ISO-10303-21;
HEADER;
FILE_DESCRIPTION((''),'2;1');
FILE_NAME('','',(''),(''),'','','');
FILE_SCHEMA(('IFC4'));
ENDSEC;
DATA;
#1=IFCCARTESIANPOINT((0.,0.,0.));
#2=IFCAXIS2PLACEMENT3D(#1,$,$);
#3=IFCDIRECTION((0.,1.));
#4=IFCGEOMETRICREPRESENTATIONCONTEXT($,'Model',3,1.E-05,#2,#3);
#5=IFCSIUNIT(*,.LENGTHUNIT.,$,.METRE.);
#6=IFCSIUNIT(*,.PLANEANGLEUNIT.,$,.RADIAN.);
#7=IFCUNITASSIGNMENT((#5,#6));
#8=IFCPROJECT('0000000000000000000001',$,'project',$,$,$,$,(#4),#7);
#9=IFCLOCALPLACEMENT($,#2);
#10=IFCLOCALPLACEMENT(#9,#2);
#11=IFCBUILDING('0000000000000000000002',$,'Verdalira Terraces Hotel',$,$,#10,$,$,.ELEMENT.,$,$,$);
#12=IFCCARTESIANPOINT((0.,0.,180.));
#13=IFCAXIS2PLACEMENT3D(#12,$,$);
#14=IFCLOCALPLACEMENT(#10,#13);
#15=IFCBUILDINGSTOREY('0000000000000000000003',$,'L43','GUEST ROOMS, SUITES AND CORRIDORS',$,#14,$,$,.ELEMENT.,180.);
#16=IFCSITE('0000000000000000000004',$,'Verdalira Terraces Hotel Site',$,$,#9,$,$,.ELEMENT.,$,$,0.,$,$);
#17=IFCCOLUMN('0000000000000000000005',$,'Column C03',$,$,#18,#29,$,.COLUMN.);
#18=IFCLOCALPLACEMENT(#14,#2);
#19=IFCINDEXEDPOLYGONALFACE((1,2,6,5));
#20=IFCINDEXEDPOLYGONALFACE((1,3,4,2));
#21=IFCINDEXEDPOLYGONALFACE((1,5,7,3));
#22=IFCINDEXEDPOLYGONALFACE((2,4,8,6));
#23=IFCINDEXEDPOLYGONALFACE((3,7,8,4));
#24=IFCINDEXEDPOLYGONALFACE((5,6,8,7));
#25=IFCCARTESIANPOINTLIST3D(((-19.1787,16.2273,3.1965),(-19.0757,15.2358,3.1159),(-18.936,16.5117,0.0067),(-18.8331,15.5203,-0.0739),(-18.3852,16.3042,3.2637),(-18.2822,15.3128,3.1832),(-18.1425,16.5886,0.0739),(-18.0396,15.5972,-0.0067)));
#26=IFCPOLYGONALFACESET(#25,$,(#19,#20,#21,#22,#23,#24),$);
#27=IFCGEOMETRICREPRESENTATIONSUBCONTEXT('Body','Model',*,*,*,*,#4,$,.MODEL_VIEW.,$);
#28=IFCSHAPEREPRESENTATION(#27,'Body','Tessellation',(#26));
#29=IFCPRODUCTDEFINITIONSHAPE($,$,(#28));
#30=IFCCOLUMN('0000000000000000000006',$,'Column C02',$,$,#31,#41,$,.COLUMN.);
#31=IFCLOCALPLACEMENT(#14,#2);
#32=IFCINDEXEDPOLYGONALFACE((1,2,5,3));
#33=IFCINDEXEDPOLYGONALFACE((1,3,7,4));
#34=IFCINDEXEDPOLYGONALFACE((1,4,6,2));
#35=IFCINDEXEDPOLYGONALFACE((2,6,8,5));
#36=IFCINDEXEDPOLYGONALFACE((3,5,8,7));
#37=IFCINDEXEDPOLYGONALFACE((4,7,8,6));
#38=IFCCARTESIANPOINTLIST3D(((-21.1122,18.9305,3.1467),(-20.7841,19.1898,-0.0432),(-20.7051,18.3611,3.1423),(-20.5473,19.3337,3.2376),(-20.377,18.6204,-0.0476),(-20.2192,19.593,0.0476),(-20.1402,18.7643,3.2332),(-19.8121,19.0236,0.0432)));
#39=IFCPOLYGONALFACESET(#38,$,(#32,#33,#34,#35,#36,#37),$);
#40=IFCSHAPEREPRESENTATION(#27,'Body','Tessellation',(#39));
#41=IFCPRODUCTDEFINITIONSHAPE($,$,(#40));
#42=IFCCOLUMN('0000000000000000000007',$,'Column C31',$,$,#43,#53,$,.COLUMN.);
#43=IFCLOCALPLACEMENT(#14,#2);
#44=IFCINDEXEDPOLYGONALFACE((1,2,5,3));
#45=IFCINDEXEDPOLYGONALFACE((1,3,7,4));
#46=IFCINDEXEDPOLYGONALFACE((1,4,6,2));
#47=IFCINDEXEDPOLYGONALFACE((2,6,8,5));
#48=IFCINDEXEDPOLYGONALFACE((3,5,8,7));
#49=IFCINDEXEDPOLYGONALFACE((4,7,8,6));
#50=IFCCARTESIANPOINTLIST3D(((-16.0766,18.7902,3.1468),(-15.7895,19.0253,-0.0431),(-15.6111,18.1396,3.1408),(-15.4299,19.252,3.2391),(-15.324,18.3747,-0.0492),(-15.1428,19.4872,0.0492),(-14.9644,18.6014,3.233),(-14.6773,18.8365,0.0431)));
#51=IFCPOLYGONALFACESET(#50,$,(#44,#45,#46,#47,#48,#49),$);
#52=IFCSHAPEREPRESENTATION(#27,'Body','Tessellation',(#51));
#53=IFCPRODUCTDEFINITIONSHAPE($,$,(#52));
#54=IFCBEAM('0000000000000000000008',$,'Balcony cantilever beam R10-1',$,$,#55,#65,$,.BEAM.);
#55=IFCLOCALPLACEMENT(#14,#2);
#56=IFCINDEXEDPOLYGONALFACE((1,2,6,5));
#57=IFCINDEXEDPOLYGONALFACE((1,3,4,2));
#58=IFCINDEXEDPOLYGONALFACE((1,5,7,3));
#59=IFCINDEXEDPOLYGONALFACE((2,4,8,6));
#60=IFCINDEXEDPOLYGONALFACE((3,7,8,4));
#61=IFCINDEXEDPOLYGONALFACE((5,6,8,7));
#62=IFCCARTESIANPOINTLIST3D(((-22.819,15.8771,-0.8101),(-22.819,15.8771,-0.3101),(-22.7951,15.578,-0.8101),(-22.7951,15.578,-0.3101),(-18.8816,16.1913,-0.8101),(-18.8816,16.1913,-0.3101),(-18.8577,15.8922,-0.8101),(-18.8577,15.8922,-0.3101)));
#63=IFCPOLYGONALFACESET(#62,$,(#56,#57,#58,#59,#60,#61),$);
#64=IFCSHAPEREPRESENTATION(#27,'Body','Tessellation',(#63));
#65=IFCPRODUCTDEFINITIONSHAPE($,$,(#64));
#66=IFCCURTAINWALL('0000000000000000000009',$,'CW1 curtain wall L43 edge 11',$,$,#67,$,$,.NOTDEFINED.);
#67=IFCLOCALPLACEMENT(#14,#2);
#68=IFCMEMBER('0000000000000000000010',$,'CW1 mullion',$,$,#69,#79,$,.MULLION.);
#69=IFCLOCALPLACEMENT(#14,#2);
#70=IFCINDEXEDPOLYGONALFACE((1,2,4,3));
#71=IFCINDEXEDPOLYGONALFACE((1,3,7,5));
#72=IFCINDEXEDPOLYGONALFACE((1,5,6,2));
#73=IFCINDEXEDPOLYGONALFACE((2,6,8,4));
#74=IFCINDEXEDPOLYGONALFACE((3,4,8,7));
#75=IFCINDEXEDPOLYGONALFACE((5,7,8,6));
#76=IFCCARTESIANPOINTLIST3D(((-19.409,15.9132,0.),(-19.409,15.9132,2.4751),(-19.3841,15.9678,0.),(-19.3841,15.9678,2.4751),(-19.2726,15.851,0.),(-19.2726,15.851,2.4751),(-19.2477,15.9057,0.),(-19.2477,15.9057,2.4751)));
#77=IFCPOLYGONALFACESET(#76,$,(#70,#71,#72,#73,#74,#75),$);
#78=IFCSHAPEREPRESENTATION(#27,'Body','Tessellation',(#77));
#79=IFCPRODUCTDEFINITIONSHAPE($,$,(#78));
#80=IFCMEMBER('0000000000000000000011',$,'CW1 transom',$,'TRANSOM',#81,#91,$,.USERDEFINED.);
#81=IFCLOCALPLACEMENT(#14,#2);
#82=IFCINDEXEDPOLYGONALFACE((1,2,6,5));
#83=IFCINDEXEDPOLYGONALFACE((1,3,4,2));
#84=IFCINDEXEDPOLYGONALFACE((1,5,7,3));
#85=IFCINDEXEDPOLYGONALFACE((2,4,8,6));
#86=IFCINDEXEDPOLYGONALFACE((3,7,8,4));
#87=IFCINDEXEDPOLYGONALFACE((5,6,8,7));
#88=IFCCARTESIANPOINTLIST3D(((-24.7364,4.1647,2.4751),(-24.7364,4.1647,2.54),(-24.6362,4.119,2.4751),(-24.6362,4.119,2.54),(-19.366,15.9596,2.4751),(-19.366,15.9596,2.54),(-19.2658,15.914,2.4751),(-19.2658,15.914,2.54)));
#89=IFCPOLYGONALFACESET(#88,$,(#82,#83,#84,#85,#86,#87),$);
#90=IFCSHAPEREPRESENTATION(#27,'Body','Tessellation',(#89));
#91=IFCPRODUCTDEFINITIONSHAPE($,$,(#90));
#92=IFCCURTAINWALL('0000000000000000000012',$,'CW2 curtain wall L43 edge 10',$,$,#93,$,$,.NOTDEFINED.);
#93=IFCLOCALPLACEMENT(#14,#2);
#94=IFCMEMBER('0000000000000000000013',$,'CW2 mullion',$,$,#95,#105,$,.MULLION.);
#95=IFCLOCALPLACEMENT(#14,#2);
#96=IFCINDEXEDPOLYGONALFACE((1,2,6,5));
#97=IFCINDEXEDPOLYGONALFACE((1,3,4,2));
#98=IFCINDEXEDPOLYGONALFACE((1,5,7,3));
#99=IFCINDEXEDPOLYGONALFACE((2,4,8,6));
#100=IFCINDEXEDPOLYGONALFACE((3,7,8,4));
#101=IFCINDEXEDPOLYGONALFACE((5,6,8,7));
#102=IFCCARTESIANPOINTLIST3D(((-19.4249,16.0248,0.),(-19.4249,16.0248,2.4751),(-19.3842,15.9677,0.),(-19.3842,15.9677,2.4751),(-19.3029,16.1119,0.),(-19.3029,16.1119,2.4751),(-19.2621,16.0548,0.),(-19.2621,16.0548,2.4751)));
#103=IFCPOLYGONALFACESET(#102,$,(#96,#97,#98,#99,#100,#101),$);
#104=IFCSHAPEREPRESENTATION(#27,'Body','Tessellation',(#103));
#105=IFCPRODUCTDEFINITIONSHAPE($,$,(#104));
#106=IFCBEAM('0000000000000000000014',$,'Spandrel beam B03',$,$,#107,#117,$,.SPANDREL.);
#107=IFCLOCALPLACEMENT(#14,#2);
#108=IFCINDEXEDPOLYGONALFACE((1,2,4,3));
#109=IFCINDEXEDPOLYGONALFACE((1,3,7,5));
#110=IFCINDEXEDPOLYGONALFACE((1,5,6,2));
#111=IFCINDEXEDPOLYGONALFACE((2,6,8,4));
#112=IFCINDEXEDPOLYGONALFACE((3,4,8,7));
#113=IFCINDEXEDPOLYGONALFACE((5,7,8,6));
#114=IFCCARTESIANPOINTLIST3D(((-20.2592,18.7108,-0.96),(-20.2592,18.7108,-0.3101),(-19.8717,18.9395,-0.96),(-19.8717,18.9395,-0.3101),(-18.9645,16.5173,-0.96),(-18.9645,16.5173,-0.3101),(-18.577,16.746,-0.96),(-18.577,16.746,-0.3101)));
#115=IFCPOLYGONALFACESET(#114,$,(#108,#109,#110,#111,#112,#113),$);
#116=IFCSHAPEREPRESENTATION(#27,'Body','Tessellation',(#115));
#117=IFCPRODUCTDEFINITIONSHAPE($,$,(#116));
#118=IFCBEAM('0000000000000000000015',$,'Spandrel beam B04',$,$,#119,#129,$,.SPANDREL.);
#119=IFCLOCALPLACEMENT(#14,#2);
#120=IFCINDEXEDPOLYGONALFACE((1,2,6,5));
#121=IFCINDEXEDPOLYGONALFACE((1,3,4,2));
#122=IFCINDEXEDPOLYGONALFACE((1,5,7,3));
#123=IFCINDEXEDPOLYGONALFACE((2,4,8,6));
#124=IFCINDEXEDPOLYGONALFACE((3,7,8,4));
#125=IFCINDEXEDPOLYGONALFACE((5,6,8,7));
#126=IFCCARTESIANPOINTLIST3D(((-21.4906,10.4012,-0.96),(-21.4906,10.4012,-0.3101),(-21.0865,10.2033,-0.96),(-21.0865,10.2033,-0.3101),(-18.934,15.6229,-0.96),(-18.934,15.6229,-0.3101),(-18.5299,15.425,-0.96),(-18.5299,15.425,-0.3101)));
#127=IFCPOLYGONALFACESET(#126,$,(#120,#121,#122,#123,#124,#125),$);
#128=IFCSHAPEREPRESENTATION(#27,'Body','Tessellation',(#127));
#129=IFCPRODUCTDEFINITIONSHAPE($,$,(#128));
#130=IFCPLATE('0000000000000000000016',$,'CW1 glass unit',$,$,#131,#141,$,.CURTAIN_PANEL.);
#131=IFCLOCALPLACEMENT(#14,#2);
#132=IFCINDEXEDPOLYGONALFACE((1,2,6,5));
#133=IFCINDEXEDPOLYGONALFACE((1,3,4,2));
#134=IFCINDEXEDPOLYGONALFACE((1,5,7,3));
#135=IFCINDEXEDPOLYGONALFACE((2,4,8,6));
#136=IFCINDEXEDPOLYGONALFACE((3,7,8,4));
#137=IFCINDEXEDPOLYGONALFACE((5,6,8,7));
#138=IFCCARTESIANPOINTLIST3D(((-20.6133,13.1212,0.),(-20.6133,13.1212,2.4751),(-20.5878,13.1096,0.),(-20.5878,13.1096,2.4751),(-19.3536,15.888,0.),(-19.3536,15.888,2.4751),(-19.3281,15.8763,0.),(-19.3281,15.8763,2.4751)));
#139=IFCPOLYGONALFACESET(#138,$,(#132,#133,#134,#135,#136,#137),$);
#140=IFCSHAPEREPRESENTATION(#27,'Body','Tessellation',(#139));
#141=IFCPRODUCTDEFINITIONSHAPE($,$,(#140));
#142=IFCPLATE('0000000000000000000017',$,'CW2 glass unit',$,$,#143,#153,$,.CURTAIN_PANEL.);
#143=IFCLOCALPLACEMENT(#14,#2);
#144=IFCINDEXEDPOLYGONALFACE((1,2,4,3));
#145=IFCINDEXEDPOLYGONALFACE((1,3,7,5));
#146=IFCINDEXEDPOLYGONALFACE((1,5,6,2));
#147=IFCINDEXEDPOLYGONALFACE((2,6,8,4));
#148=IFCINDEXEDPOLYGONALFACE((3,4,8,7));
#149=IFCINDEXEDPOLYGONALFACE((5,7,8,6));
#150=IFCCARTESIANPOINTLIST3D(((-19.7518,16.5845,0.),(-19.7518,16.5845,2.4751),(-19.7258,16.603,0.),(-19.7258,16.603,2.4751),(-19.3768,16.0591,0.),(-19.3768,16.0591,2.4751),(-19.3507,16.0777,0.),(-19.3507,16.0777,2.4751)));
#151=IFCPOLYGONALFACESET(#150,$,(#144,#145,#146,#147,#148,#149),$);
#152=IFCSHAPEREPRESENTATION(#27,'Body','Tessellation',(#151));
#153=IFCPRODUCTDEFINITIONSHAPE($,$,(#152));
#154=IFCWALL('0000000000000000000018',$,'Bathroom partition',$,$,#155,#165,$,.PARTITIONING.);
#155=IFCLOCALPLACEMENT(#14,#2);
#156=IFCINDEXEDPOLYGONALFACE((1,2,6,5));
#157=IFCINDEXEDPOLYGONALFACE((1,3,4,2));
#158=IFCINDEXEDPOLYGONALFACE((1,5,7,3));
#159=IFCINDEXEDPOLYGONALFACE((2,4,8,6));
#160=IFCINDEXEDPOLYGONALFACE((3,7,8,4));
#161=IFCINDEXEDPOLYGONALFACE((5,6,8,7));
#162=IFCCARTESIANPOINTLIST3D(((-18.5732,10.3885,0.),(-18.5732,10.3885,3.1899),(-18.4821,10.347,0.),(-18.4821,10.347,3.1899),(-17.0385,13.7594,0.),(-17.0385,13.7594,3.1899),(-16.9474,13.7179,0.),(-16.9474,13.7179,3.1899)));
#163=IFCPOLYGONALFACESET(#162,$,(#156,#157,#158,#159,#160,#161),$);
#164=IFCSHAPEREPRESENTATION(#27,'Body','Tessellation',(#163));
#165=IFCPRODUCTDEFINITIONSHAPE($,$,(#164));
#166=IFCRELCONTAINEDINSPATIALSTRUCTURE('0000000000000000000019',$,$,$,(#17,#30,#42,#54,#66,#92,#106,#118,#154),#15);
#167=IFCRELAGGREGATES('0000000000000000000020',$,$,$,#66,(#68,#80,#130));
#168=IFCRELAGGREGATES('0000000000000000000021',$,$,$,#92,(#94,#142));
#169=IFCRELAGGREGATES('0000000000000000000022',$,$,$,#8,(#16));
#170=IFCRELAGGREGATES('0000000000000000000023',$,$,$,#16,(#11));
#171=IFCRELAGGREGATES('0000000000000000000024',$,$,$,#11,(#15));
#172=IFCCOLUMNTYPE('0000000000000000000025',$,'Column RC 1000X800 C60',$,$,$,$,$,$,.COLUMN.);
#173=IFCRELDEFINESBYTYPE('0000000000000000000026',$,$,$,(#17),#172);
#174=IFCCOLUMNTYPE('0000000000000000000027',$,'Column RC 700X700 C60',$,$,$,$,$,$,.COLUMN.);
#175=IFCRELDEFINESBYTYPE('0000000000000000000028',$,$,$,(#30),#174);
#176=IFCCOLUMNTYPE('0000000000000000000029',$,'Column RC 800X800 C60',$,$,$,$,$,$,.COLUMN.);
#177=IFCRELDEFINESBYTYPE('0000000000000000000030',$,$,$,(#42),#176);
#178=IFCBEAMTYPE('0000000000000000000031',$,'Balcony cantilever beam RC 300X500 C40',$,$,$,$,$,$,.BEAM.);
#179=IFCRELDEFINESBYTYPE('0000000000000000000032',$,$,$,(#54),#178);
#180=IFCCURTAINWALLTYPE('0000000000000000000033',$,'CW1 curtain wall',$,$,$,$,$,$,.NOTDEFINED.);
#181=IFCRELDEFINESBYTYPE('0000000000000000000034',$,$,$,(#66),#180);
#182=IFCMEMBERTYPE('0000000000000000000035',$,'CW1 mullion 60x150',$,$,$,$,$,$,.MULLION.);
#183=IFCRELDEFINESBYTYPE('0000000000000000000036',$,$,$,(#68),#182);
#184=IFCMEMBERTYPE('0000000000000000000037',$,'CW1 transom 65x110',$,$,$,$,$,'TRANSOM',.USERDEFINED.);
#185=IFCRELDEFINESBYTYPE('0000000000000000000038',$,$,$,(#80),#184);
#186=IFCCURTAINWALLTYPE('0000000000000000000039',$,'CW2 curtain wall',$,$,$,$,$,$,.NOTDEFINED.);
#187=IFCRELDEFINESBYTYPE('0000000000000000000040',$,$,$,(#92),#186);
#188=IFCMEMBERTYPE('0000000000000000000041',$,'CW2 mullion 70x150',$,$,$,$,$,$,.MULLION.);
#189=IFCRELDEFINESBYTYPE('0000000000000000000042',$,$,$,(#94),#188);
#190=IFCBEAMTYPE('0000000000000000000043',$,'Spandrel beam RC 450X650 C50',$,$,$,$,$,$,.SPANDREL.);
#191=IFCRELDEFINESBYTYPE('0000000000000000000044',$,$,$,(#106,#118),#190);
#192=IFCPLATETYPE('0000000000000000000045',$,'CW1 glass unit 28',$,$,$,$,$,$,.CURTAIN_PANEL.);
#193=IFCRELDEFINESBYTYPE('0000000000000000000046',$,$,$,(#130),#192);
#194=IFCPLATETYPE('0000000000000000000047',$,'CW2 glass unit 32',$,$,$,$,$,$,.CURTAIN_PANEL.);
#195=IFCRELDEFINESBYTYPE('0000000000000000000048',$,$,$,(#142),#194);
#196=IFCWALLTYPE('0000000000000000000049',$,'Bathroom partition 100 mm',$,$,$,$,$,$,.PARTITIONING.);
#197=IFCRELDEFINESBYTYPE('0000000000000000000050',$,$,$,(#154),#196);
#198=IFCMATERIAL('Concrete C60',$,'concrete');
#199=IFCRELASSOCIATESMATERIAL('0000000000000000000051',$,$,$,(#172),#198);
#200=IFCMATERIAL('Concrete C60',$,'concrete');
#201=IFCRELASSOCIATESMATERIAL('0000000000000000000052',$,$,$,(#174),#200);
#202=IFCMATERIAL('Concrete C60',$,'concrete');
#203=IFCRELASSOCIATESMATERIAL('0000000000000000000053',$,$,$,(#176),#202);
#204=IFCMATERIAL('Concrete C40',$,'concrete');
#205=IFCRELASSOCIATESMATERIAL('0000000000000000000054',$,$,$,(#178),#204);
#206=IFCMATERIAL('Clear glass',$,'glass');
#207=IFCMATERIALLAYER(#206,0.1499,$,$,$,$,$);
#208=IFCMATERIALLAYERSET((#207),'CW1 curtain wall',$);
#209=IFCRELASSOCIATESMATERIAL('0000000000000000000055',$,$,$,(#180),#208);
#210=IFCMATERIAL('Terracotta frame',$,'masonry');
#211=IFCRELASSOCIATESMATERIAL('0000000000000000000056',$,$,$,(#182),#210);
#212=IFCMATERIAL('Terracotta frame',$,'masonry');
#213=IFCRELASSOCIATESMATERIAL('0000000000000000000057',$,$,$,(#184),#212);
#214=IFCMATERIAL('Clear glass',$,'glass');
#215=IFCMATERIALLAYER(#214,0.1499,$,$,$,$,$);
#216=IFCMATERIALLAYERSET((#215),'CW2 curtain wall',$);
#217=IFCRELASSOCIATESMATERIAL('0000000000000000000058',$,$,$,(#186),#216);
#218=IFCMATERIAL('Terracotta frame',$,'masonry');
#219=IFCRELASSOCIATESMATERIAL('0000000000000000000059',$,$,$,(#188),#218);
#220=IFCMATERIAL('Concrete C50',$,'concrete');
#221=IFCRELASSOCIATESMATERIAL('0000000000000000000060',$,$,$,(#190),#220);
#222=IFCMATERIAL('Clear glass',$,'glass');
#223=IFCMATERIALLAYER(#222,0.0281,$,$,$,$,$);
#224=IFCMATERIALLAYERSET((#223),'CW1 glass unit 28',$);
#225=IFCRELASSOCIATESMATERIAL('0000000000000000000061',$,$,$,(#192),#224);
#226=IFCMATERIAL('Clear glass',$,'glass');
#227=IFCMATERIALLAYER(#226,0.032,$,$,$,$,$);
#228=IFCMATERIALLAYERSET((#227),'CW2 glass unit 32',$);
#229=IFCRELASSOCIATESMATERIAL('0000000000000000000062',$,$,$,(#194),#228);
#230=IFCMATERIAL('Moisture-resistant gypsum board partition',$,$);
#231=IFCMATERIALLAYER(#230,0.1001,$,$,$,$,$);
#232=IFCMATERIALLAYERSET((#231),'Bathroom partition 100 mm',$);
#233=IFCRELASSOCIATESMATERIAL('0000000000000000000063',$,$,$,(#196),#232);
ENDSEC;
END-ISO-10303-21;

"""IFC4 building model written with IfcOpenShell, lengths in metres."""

from ifc_helpers import new_model, si_unit, direction, frame, frame_2d, origin, origin_2d, place, context, subcontext, project, spatial, rectangle, extrude, material, layer, layer_set, material_profile, profile_set, type_object, element, aggregate, save


model = new_model("IFC4")

# Units and contexts
model_context = context("Model", 3, precision=1e-05, world=origin(), true_north=direction((0.0, 1.0)))
body_context = subcontext(model_context, "Body", "Model", "MODEL_VIEW")
ifc_project = project(units=[si_unit("LENGTHUNIT", "METRE"), si_unit("PLANEANGLEUNIT", "RADIAN")], contexts=[model_context])

# Site, building, storey
site_placement = place(None, origin())
site = spatial("IfcSite", under=ifc_project, at=site_placement, Name="Verdalira Terraces Hotel Site", CompositionType="ELEMENT", RefElevation=0.0)
building_placement = place(site_placement, origin())
building = spatial("IfcBuilding", under=site, at=building_placement, Name="Verdalira Terraces Hotel", CompositionType="ELEMENT")
storey_placement = place(building_placement, frame((0.0, 0.0, 180.0)))
storey = spatial("IfcBuildingStorey", under=building, at=storey_placement, Name="L43", Description="GUEST ROOMS, SUITES AND CORRIDORS", CompositionType="ELEMENT", Elevation=180.0)

# Columns
ifc_material_1 = material(Name="Concrete C60", Category="concrete")
ifc_material_profile_1 = material_profile(ifc_material_1, rectangle(XDim=1.0, YDim=0.8, at=origin_2d()), Name="RC 1000X800")
ifc_profile_set_1 = profile_set([ifc_material_profile_1], Name="Concrete C60")
column_type_1 = type_object("IfcColumnType", Name="Column RC 1000X800 C60", PredefinedType="COLUMN", material=ifc_profile_set_1)
column_1_placement = place(storey_placement, frame((-18.4878, 16.0544, 0.0), z_axis=(-0.075558, -0.088557, 0.993201), x_axis=(-0.102969, 0.991417, 0.080564)))
element("IfcColumn", 1, at=column_1_placement, inside=storey, type_object=column_type_1, Name="Column C03", PredefinedType="COLUMN", context=body_context, shape_type="SweptSolid", body=[
    extrude(rectangle(XDim=1.0, YDim=0.8, at=origin_2d()), origin(), (0.0, 0.0, 1.0), 3.2117),
])
ifc_material_2 = material(Name="Concrete C60", Category="concrete")
ifc_material_profile_2 = material_profile(ifc_material_2, rectangle(XDim=0.7, YDim=0.7, at=origin_2d()), Name="RC 700X700")
ifc_profile_set_2 = profile_set([ifc_material_profile_2], Name="Concrete C60")
column_type_2 = type_object("IfcColumnType", Name="Column RC 700X700 C60", PredefinedType="COLUMN", material=ifc_profile_set_2)
column_2_placement = place(storey_placement, frame((-20.2981, 19.1067, 0.0), z_axis=(-0.10199, -0.08059, 0.991516), x_axis=(0.581646, -0.813418, -0.006285)))
element("IfcColumn", 2, at=column_2_placement, inside=storey, type_object=column_type_2, Name="Column C02", PredefinedType="COLUMN", context=body_context, shape_type="SweptSolid", body=[
    extrude(rectangle(XDim=0.7, YDim=0.7, at=origin_2d()), origin(), (0.0, 0.0, 1.0), 3.2173),
])
ifc_material_3 = material(Name="Concrete C60", Category="concrete")
ifc_material_profile_3 = material_profile(ifc_material_3, rectangle(XDim=0.8, YDim=0.8, at=origin_2d()), Name="RC 800X800")
ifc_profile_set_3 = profile_set([ifc_material_profile_3], Name="Concrete C60")
column_type_3 = type_object("IfcColumnType", Name="Column RC 800X800 C60", PredefinedType="COLUMN", material=ifc_profile_set_3)
column_3_placement = place(storey_placement, frame((-15.2334, 18.9309, 0.0), z_axis=(-0.089402, -0.073209, 0.993301), x_axis=(-0.581832, 0.813274, 0.007573)))
element("IfcColumn", 3, at=column_3_placement, inside=storey, type_object=column_type_3, Name="Column C31", PredefinedType="COLUMN", context=body_context, shape_type="SweptSolid", body=[
    extrude(rectangle(XDim=0.8, YDim=0.8, at=origin_2d()), origin(), (0.0, 0.0, 1.0), 3.2114),
])

# Beam
ifc_material_4 = material(Name="Concrete C40", Category="concrete")
ifc_material_profile_4 = material_profile(ifc_material_4, rectangle(XDim=0.3, YDim=0.5, at=origin_2d()), Name="RC 300X500")
ifc_profile_set_4 = profile_set([ifc_material_profile_4], Name="Concrete C40")
beam_type_1 = type_object("IfcBeamType", Name="Balcony cantilever beam RC 300X500 C40", PredefinedType="BEAM", material=ifc_profile_set_4)
beam_1_placement = place(storey_placement, frame((-18.8696, 16.0417, -0.5601), z_axis=(-0.996831, -0.079546, 0.0), x_axis=(0.079546, -0.996831, 0.0)))
element("IfcBeam", 4, at=beam_1_placement, inside=storey, type_object=beam_type_1, Name="Balcony cantilever beam R10-1", PredefinedType="BEAM", context=body_context, shape_type="SweptSolid", body=[
    extrude(rectangle(XDim=0.3, YDim=0.5, at=origin_2d()), origin(), (0.0, 0.0, 1.0), 3.95),
])

# Curtain wall, members
ifc_material_5 = material(Name="Clear glass", Category="glass")
ifc_layer_1 = layer(ifc_material_5, 0.1499)
ifc_layer_set_1 = layer_set([ifc_layer_1], Name="CW1 curtain wall")
curtain_wall_type_1 = type_object("IfcCurtainWallType", Name="CW1 curtain wall", PredefinedType="NOTDEFINED", material=ifc_layer_set_1)
curtain_wall_1_placement = place(storey_placement, origin())
curtain_wall_1 = element("IfcCurtainWall", 5, at=curtain_wall_1_placement, inside=storey, type_object=curtain_wall_type_1, Name="CW1 curtain wall L43 edge 11", PredefinedType="NOTDEFINED")
ifc_material_6 = material(Name="Terracotta frame", Category="masonry")
ifc_material_profile_5 = material_profile(ifc_material_6, rectangle(XDim=0.0601, YDim=0.1499, at=origin_2d()), Name="MU 60x150")
ifc_profile_set_5 = profile_set([ifc_material_profile_5], Name="Terracotta frame")
member_type_1 = type_object("IfcMemberType", Name="CW1 mullion 60x150", PredefinedType="MULLION", material=ifc_profile_set_5)
member_1_placement = place(storey_placement, frame((-19.3284, 15.9094, 0.0), z_axis=(0.0, 0.0, 1.0), x_axis=(-0.414376, -0.910106, 0.0)))
member_1 = element("IfcMember", 6, at=member_1_placement, type_object=member_type_1, Name="CW1 mullion", PredefinedType="MULLION", context=body_context, shape_type="SweptSolid", body=[
    extrude(rectangle(XDim=0.0601, YDim=0.1499, at=origin_2d()), origin(), (0.0, 0.0, 1.0), 2.4751),
])
ifc_material_7 = material(Name="Terracotta frame", Category="masonry")
ifc_material_profile_6 = material_profile(ifc_material_7, rectangle(XDim=0.1101, YDim=0.0649, at=origin_2d()), Name="TR 65x110")
ifc_profile_set_6 = profile_set([ifc_material_profile_6], Name="Terracotta frame")
member_type_2 = type_object("IfcMemberType", Name="CW1 transom 65x110", ElementType="TRANSOM", PredefinedType="USERDEFINED", material=ifc_profile_set_6)
member_2_placement = place(storey_placement, frame((-19.3159, 15.9368, 2.5076), z_axis=(-0.414381, -0.910104, 0.0), x_axis=(0.910104, -0.414381, 0.0)))
member_2 = element("IfcMember", 7, at=member_2_placement, type_object=member_type_2, Name="CW1 transom", ObjectType="TRANSOM", PredefinedType="USERDEFINED", context=body_context, shape_type="SweptSolid", body=[
    extrude(rectangle(XDim=0.1101, YDim=0.0649, at=origin_2d()), origin(), (0.0, 0.0, 1.0), 12.96),
])

# Curtain wall, member
ifc_material_8 = material(Name="Clear glass", Category="glass")
ifc_layer_2 = layer(ifc_material_8, 0.1499)
ifc_layer_set_2 = layer_set([ifc_layer_2], Name="CW2 curtain wall")
curtain_wall_type_2 = type_object("IfcCurtainWallType", Name="CW2 curtain wall", PredefinedType="NOTDEFINED", material=ifc_layer_set_2)
curtain_wall_2_placement = place(storey_placement, origin())
curtain_wall_2 = element("IfcCurtainWall", 8, at=curtain_wall_2_placement, inside=storey, type_object=curtain_wall_type_2, Name="CW2 curtain wall L43 edge 10", PredefinedType="NOTDEFINED")
ifc_material_9 = material(Name="Terracotta frame", Category="masonry")
ifc_material_profile_7 = material_profile(ifc_material_9, rectangle(XDim=0.0701, YDim=0.1499, at=origin_2d()), Name="MU 70x150")
ifc_profile_set_7 = profile_set([ifc_material_profile_7], Name="Terracotta frame")
member_type_3 = type_object("IfcMemberType", Name="CW2 mullion 70x150", PredefinedType="MULLION", material=ifc_profile_set_7)
member_3_placement = place(storey_placement, frame((-19.3435, 16.0398, 0.0), z_axis=(0.0, 0.0, 1.0), x_axis=(0.580987, -0.813913, 0.0)))
member_3 = element("IfcMember", 9, at=member_3_placement, type_object=member_type_3, Name="CW2 mullion", PredefinedType="MULLION", context=body_context, shape_type="SweptSolid", body=[
    extrude(rectangle(XDim=0.0701, YDim=0.1499, at=origin_2d()), origin(), (0.0, 0.0, 1.0), 2.4751),
])

# Beams
ifc_material_10 = material(Name="Concrete C50", Category="concrete")
ifc_material_profile_8 = material_profile(ifc_material_10, rectangle(XDim=0.45, YDim=0.6499, at=origin_2d()), Name="RC 450X650")
ifc_profile_set_8 = profile_set([ifc_material_profile_8], Name="Concrete C50")
beam_type_2 = type_object("IfcBeamType", Name="Spandrel beam RC 450X650 C50", PredefinedType="SPANDREL", material=ifc_profile_set_8)
beam_2_placement = place(storey_placement, frame((-20.0654, 18.8252, -0.635), z_axis=(0.50828, -0.861192, 0.0), x_axis=(0.861192, 0.50828, 0.0)))
element("IfcBeam", 10, at=beam_2_placement, inside=storey, type_object=beam_type_2, Name="Spandrel beam B03", PredefinedType="SPANDREL", context=body_context, shape_type="SweptSolid", body=[
    extrude(rectangle(XDim=0.45, YDim=0.6499, at=origin_2d()), origin(), (0.0, 0.0, 1.0), 2.5471),
])
beam_3_placement = place(storey_placement, frame((-18.7319, 15.5239, -0.635), z_axis=(-0.43974, -0.898125, 0.0), x_axis=(0.898125, -0.43974, 0.0)))
element("IfcBeam", 11, at=beam_3_placement, inside=storey, type_object=beam_type_2, Name="Spandrel beam B04", PredefinedType="SPANDREL", context=body_context, shape_type="SweptSolid", body=[
    extrude(rectangle(XDim=0.45, YDim=0.6499, at=origin_2d()), origin(), (0.0, 0.0, 1.0), 5.814),
])

# Plates
ifc_material_11 = material(Name="Clear glass", Category="glass")
ifc_layer_3 = layer(ifc_material_11, 0.0281)
ifc_layer_set_3 = layer_set([ifc_layer_3], Name="CW1 glass unit 28")
plate_type_1 = type_object("IfcPlateType", Name="CW1 glass unit 28", PredefinedType="CURTAIN_PANEL", material=ifc_layer_set_3)
plate_1_placement = place(storey_placement, frame((-19.9707, 14.4988, 0.0), z_axis=(0.0, 0.0, 1.0), x_axis=(-0.414376, -0.910106, 0.0)))
plate_1 = element("IfcPlate", 12, at=plate_1_placement, type_object=plate_type_1, Name="CW1 glass unit", PredefinedType="CURTAIN_PANEL", context=body_context, shape_type="SweptSolid", body=[
    extrude(rectangle(XDim=3.04, YDim=0.0281, at=origin_2d()), origin(), (0.0, 0.0, 1.0), 2.4751),
])
aggregate(curtain_wall_1, [member_1, member_2, plate_1])
ifc_material_12 = material(Name="Clear glass", Category="glass")
ifc_layer_4 = layer(ifc_material_12, 0.032)
ifc_layer_set_4 = layer_set([ifc_layer_4], Name="CW2 glass unit 32")
plate_type_2 = type_object("IfcPlateType", Name="CW2 glass unit 32", PredefinedType="CURTAIN_PANEL", material=ifc_layer_set_4)
plate_2_placement = place(storey_placement, frame((-19.5513, 16.3311, 0.0), z_axis=(0.0, 0.0, 1.0), x_axis=(0.580987, -0.813913, 0.0)))
plate_2 = element("IfcPlate", 13, at=plate_2_placement, type_object=plate_type_2, Name="CW2 glass unit", PredefinedType="CURTAIN_PANEL", context=body_context, shape_type="SweptSolid", body=[
    extrude(rectangle(XDim=0.6455, YDim=0.032, at=origin_2d()), origin(), (0.0, 0.0, 1.0), 2.4751),
])
aggregate(curtain_wall_2, [member_3, plate_2])

# Wall
ifc_material_13 = material(Name="Moisture-resistant gypsum board partition")
ifc_layer_5 = layer(ifc_material_13, 0.1001)
ifc_layer_set_5 = layer_set([ifc_layer_5], Name="Bathroom partition 100 mm")
wall_type_1 = type_object("IfcWallType", Name="Bathroom partition 100 mm", PredefinedType="PARTITIONING", material=ifc_layer_set_5)
wall_1_placement = place(storey_placement, frame((-16.9929, 13.7388, 0.0), z_axis=(0.0, 0.0, 1.0), x_axis=(-0.414354, -0.910116, 0.0)))
element("IfcWall", 14, at=wall_1_placement, inside=storey, type_object=wall_type_1, Name="Bathroom partition", PredefinedType="PARTITIONING", context=body_context, shape_type="SweptSolid", body=[
    extrude(rectangle(XDim=3.7039, YDim=0.1001, at=frame_2d((1.8521, 0.0))), origin(), (0.0, 0.0, 1.0), 3.1899),
])

save(model, "model.ifc")
